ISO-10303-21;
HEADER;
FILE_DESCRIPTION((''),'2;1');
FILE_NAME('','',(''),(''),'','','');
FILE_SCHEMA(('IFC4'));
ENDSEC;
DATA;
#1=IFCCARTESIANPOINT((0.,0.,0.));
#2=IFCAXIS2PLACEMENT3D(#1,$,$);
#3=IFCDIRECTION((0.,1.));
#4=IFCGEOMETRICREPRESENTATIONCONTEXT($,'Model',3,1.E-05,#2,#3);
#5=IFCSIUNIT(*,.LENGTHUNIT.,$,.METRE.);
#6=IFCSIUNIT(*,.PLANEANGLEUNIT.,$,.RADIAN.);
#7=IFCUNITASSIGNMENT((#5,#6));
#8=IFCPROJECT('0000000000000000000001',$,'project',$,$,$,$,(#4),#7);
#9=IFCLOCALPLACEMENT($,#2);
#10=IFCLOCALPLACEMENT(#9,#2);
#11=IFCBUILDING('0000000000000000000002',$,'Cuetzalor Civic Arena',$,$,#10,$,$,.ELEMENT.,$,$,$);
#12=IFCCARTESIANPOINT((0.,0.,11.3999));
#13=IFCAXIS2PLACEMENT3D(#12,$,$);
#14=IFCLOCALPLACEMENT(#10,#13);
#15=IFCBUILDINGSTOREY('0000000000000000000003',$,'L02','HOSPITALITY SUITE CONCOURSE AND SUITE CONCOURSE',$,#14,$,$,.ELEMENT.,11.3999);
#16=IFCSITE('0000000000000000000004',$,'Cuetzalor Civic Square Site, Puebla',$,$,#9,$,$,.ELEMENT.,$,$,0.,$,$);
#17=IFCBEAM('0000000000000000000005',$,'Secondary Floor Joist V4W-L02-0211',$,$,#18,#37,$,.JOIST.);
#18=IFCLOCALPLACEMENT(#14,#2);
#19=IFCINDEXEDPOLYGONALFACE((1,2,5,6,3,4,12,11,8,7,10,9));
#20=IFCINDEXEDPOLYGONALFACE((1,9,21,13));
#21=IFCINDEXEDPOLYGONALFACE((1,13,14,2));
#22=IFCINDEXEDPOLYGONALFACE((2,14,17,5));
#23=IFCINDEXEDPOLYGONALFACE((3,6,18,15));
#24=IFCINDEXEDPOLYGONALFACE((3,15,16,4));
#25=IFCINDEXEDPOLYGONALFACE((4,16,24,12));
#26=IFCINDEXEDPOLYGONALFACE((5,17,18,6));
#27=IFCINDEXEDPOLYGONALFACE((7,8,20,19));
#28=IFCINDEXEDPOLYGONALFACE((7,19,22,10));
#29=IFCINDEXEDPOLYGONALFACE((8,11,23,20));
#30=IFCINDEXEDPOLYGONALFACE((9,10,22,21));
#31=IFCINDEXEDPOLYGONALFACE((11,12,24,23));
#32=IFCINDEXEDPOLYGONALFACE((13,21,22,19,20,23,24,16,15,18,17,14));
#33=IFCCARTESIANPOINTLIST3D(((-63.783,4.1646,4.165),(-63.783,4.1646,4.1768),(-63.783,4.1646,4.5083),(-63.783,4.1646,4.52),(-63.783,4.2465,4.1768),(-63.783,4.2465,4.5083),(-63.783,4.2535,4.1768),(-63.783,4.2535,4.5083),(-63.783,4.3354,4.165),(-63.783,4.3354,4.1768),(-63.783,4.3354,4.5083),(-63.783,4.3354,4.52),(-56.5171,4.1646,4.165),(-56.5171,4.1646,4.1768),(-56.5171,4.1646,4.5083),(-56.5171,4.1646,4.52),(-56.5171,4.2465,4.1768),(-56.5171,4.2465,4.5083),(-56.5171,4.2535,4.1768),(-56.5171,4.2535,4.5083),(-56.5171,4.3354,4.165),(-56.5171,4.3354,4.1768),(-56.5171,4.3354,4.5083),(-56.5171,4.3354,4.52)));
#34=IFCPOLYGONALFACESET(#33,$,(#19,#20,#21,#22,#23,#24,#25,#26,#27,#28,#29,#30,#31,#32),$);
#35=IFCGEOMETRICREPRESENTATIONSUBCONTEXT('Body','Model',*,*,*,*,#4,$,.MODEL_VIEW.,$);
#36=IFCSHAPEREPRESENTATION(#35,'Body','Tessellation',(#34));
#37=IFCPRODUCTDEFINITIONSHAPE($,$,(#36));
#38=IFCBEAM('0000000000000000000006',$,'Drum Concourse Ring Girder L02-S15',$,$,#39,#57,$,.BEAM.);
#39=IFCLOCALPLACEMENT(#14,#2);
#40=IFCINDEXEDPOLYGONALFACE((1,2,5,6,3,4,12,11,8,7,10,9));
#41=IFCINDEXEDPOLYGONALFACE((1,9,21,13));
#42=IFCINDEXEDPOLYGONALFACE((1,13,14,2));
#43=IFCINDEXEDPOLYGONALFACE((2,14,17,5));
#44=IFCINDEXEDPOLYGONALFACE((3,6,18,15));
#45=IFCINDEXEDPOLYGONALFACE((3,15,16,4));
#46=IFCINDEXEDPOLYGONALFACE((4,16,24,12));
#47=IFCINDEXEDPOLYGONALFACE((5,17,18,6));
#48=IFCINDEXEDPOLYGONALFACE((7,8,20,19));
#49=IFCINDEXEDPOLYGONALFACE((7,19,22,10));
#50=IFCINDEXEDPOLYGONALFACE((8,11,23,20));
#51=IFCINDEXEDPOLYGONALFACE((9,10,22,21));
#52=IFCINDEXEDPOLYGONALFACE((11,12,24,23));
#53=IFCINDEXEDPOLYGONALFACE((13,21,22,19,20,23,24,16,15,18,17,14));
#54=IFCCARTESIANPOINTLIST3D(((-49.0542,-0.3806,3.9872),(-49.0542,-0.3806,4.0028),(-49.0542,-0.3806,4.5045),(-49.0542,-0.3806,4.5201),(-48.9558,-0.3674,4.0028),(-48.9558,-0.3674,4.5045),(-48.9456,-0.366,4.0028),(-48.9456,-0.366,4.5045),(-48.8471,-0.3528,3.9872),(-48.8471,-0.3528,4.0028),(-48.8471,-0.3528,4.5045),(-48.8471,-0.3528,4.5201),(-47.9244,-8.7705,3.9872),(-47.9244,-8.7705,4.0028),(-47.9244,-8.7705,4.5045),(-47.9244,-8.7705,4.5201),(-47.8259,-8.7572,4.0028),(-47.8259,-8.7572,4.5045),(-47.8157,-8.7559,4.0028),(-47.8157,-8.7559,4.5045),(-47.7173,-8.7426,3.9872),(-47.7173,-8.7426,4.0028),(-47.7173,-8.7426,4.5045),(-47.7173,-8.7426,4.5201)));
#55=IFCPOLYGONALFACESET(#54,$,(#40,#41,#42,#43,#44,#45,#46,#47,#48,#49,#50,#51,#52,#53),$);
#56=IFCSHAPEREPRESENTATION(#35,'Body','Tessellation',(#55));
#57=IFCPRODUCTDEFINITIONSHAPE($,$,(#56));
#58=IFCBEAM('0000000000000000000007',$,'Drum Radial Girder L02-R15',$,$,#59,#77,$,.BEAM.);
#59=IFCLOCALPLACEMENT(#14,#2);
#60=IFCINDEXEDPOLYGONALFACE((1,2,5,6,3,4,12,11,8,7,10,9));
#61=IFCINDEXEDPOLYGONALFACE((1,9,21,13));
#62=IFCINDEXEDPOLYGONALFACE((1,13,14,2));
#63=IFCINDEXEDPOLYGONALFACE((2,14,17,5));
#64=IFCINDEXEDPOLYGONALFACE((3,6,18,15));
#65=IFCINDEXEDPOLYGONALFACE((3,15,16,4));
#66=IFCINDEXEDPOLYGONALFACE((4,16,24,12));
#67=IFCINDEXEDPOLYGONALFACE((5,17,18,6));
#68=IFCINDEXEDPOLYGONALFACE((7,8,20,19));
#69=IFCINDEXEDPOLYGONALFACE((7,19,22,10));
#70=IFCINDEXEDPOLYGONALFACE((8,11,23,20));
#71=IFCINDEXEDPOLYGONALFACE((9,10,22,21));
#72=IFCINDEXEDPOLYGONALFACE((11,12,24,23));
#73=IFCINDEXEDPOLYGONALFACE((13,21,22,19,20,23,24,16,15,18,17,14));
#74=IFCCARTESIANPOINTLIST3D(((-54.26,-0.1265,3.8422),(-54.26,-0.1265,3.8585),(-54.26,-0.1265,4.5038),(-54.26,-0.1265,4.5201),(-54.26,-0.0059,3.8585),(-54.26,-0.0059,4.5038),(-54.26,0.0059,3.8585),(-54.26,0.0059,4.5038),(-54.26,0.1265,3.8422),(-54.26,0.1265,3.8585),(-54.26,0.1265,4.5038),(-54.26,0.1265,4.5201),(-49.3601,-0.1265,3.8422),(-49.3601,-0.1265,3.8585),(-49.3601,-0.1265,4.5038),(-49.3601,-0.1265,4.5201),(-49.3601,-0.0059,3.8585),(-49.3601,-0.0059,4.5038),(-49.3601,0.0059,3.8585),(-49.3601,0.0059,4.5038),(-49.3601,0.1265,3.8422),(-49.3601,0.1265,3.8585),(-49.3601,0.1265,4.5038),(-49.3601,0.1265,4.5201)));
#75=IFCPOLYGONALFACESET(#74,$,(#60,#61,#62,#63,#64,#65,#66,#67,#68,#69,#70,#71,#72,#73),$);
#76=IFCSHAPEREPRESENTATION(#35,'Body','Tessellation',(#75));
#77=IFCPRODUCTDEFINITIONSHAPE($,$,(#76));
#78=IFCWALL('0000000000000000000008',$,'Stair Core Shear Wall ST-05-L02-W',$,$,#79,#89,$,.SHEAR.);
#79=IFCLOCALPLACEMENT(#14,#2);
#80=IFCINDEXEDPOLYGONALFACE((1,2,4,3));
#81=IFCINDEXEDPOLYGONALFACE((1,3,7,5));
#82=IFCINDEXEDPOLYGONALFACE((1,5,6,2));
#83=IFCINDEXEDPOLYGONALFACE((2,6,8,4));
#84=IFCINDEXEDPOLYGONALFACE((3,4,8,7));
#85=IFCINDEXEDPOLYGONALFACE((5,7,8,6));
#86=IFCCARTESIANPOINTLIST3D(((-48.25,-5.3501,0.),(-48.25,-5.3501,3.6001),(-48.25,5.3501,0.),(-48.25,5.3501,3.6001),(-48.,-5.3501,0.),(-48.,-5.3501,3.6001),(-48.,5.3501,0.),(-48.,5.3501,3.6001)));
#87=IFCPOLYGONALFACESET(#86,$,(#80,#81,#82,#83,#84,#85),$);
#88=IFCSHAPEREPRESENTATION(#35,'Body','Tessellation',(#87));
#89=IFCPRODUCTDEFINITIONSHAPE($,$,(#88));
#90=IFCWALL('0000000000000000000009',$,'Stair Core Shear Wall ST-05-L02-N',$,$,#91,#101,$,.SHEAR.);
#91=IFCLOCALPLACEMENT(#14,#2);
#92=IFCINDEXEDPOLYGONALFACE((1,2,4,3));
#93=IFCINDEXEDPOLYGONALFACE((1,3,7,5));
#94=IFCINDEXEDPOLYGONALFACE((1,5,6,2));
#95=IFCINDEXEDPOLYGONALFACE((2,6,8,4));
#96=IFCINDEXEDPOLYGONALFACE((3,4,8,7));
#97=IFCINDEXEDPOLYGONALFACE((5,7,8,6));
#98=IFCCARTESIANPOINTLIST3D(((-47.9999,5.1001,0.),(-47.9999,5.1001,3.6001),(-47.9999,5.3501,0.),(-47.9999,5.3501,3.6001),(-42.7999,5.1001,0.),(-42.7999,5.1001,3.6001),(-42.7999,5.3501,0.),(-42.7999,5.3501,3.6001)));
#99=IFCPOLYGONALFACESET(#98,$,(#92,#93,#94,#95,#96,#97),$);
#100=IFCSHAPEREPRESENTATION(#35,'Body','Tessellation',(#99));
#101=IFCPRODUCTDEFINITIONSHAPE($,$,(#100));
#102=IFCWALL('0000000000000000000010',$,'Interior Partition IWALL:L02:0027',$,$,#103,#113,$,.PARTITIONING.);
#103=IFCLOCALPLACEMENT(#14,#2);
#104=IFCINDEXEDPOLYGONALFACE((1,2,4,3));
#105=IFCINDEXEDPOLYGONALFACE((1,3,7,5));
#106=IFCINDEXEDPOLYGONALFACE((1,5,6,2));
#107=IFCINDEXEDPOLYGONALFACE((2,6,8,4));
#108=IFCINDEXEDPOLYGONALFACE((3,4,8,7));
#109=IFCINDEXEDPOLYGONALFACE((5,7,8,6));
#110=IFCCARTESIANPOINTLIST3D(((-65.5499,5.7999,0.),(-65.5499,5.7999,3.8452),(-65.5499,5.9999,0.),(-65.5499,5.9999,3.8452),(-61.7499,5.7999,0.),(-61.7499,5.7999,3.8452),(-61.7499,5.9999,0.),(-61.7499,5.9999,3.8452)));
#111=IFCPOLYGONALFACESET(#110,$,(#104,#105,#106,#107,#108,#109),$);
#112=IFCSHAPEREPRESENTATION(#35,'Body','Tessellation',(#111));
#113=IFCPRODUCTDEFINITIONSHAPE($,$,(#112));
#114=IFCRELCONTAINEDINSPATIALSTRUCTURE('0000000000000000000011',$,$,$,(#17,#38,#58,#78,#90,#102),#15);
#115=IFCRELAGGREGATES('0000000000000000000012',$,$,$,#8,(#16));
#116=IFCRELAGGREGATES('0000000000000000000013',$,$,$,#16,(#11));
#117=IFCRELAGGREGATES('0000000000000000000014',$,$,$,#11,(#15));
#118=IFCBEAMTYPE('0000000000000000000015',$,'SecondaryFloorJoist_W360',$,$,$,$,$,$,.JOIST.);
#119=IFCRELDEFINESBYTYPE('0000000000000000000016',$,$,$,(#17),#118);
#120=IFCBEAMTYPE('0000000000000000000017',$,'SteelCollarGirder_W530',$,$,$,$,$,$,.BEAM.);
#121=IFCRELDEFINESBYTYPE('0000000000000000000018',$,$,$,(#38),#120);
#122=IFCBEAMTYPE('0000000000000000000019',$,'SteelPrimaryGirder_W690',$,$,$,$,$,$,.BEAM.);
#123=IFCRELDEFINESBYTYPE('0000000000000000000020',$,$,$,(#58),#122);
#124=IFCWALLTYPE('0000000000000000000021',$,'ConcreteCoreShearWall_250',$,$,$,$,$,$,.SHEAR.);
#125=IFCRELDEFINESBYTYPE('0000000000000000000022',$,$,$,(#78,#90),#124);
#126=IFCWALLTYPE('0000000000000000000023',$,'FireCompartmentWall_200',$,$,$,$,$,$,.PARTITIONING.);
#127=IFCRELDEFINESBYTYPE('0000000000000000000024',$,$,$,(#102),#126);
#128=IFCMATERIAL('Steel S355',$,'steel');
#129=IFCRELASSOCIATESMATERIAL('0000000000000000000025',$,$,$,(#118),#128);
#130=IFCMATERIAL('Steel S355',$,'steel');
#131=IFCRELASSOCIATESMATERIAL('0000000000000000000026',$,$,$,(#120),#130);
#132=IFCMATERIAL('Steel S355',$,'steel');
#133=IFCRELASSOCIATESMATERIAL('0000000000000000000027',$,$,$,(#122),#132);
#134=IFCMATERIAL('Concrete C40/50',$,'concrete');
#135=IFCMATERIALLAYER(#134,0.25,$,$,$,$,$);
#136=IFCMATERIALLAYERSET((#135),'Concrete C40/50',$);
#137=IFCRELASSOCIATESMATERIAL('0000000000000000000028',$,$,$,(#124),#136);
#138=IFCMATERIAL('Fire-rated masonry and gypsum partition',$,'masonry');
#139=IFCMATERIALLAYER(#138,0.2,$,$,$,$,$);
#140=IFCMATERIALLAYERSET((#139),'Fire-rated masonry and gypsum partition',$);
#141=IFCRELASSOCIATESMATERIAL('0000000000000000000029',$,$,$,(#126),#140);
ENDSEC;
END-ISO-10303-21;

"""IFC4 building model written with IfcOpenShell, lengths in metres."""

from ifc_helpers import new_model, si_unit, direction, frame, frame_2d, origin, origin_2d, place, context, subcontext, project, spatial, rectangle, i_section, extrude, material, layer, layer_set, material_profile, profile_set, type_object, element, save


model = new_model("IFC4")

# Units and contexts
model_context = context("Model", 3, precision=1e-05, world=origin(), true_north=direction((0.0, 1.0)))
body_context = subcontext(model_context, "Body", "Model", "MODEL_VIEW")
ifc_project = project(units=[si_unit("LENGTHUNIT", "METRE"), si_unit("PLANEANGLEUNIT", "RADIAN")], contexts=[model_context])

# Site, building, storey
site_placement = place(None, origin())
site = spatial("IfcSite", under=ifc_project, at=site_placement, Name="Cuetzalor Civic Square Site, Puebla", CompositionType="ELEMENT", RefElevation=0.0)
building_placement = place(site_placement, origin())
building = spatial("IfcBuilding", under=site, at=building_placement, Name="Cuetzalor Civic Arena", CompositionType="ELEMENT")
storey_placement = place(building_placement, frame((0.0, 0.0, 11.3999)))
storey = spatial("IfcBuildingStorey", under=building, at=storey_placement, Name="L02", Description="HOSPITALITY SUITE CONCOURSE AND SUITE CONCOURSE", CompositionType="ELEMENT", Elevation=11.3999)

# Beams
ifc_material_1 = material(Name="Steel S355", Category="steel")
ifc_material_profile_1 = material_profile(ifc_material_1, i_section(OverallWidth=0.1709, OverallDepth=0.355, WebThickness=0.0071, FlangeThickness=0.0117, at=origin_2d()), Name="W360x51")
ifc_profile_set_1 = profile_set([ifc_material_profile_1], Name="Steel S355")
beam_type_1 = type_object("IfcBeamType", Name="SecondaryFloorJoist_W360", PredefinedType="JOIST", material=ifc_profile_set_1)
for number, where, z_axis, x_axis, name in (
    (1, (-63.783, 4.25, 4.3425), (1.0, 0.0, 0.0), (0.0, 1.0, 0.0), "Secondary Floor Joist V4W-L02-0211"),
):
    element("IfcBeam", number, at=place(storey_placement, frame(where, z_axis=z_axis, x_axis=x_axis)), inside=storey, type_object=beam_type_1, Name=name, PredefinedType="JOIST", context=body_context, shape_type="SweptSolid", body=[
        extrude(i_section(OverallWidth=0.1709, OverallDepth=0.355, WebThickness=0.0071, FlangeThickness=0.0117, at=origin_2d()), origin(), (0.0, 0.0, 1.0), 7.2659),
    ])
ifc_material_2 = material(Name="Steel S355", Category="steel")
ifc_material_profile_2 = material_profile(ifc_material_2, i_section(OverallWidth=0.209, OverallDepth=0.533, WebThickness=0.0103, FlangeThickness=0.0156, at=origin_2d()), Name="W530x92")
ifc_profile_set_2 = profile_set([ifc_material_profile_2], Name="Steel S355")
beam_type_2 = type_object("IfcBeamType", Name="SteelCollarGirder_W530", PredefinedType="BEAM", material=ifc_profile_set_2)
beam_1_placement = place(storey_placement, frame((-48.9507, -0.3667, 4.2537), z_axis=(0.133467, -0.991053, 0.0), x_axis=(0.991053, 0.133467, 0.0)))
element("IfcBeam", 2, at=beam_1_placement, inside=storey, type_object=beam_type_2, Name="Drum Concourse Ring Girder L02-S15", PredefinedType="BEAM", context=body_context, shape_type="SweptSolid", body=[
    extrude(i_section(OverallWidth=0.209, OverallDepth=0.533, WebThickness=0.0103, FlangeThickness=0.0156, at=origin_2d()), origin(), (0.0, 0.0, 1.0), 8.4656),
])
ifc_material_3 = material(Name="Steel S355", Category="steel")
ifc_material_profile_3 = material_profile(ifc_material_3, i_section(OverallWidth=0.2529, OverallDepth=0.678, WebThickness=0.0117, FlangeThickness=0.0164, at=origin_2d()), Name="W690x125")
ifc_profile_set_3 = profile_set([ifc_material_profile_3], Name="Steel S355")
beam_type_3 = type_object("IfcBeamType", Name="SteelPrimaryGirder_W690", PredefinedType="BEAM", material=ifc_profile_set_3)
beam_2_placement = place(storey_placement, frame((-49.3601, 0.0, 4.1812), z_axis=(-1.0, 0.0, 0.0), x_axis=(0.0, -1.0, 0.0)))
element("IfcBeam", 3, at=beam_2_placement, inside=storey, type_object=beam_type_3, Name="Drum Radial Girder L02-R15", PredefinedType="BEAM", context=body_context, shape_type="SweptSolid", body=[
    extrude(i_section(OverallWidth=0.2529, OverallDepth=0.678, WebThickness=0.0117, FlangeThickness=0.0164, at=origin_2d()), origin(), (0.0, 0.0, 1.0), 4.8999),
])

# Walls
ifc_material_4 = material(Name="Concrete C40/50", Category="concrete")
ifc_layer_1 = layer(ifc_material_4, 0.25)
ifc_layer_set_1 = layer_set([ifc_layer_1], Name="Concrete C40/50")
wall_type_1 = type_object("IfcWallType", Name="ConcreteCoreShearWall_250", PredefinedType="SHEAR", material=ifc_layer_set_1)
wall_1_placement = place(storey_placement, frame((-48.125, -5.3501, 0.0), z_axis=(0.0, 0.0, 1.0), x_axis=(0.0, 1.0, 0.0)))
element("IfcWall", 4, at=wall_1_placement, inside=storey, type_object=wall_type_1, Name="Stair Core Shear Wall ST-05-L02-W", PredefinedType="SHEAR", context=body_context, shape_type="SweptSolid", body=[
    extrude(rectangle(XDim=10.7002, YDim=0.25, at=frame_2d((5.3501, 0.0))), origin(), (0.0, 0.0, 1.0), 3.6001),
])
wall_2_placement = place(storey_placement, frame((-48.0, 5.2251, 0.0), z_axis=(0.0, 0.0, 1.0), x_axis=(1.0, 0.0, 0.0)))
element("IfcWall", 5, at=wall_2_placement, inside=storey, type_object=wall_type_1, Name="Stair Core Shear Wall ST-05-L02-N", PredefinedType="SHEAR", context=body_context, shape_type="SweptSolid", body=[
    extrude(rectangle(XDim=5.2, YDim=0.25, at=frame_2d((2.6001, 0.0))), origin(), (0.0, 0.0, 1.0), 3.6001),
])
ifc_material_5 = material(Name="Fire-rated masonry and gypsum partition", Category="masonry")
ifc_layer_2 = layer(ifc_material_5, 0.2)
ifc_layer_set_2 = layer_set([ifc_layer_2], Name="Fire-rated masonry and gypsum partition")
wall_type_2 = type_object("IfcWallType", Name="FireCompartmentWall_200", PredefinedType="PARTITIONING", material=ifc_layer_set_2)
wall_3_placement = place(storey_placement, frame((-61.75, 5.8999, 0.0), z_axis=(0.0, 0.0, 1.0), x_axis=(-1.0, 0.0, 0.0)))
element("IfcWall", 6, at=wall_3_placement, inside=storey, type_object=wall_type_2, Name="Interior Partition IWALL:L02:0027", PredefinedType="PARTITIONING", context=body_context, shape_type="SweptSolid", body=[
    extrude(rectangle(XDim=3.8, YDim=0.2, at=frame_2d((1.8999, 0.0))), origin(), (0.0, 0.0, 1.0), 3.8452),
])

save(model, "model.ifc")
